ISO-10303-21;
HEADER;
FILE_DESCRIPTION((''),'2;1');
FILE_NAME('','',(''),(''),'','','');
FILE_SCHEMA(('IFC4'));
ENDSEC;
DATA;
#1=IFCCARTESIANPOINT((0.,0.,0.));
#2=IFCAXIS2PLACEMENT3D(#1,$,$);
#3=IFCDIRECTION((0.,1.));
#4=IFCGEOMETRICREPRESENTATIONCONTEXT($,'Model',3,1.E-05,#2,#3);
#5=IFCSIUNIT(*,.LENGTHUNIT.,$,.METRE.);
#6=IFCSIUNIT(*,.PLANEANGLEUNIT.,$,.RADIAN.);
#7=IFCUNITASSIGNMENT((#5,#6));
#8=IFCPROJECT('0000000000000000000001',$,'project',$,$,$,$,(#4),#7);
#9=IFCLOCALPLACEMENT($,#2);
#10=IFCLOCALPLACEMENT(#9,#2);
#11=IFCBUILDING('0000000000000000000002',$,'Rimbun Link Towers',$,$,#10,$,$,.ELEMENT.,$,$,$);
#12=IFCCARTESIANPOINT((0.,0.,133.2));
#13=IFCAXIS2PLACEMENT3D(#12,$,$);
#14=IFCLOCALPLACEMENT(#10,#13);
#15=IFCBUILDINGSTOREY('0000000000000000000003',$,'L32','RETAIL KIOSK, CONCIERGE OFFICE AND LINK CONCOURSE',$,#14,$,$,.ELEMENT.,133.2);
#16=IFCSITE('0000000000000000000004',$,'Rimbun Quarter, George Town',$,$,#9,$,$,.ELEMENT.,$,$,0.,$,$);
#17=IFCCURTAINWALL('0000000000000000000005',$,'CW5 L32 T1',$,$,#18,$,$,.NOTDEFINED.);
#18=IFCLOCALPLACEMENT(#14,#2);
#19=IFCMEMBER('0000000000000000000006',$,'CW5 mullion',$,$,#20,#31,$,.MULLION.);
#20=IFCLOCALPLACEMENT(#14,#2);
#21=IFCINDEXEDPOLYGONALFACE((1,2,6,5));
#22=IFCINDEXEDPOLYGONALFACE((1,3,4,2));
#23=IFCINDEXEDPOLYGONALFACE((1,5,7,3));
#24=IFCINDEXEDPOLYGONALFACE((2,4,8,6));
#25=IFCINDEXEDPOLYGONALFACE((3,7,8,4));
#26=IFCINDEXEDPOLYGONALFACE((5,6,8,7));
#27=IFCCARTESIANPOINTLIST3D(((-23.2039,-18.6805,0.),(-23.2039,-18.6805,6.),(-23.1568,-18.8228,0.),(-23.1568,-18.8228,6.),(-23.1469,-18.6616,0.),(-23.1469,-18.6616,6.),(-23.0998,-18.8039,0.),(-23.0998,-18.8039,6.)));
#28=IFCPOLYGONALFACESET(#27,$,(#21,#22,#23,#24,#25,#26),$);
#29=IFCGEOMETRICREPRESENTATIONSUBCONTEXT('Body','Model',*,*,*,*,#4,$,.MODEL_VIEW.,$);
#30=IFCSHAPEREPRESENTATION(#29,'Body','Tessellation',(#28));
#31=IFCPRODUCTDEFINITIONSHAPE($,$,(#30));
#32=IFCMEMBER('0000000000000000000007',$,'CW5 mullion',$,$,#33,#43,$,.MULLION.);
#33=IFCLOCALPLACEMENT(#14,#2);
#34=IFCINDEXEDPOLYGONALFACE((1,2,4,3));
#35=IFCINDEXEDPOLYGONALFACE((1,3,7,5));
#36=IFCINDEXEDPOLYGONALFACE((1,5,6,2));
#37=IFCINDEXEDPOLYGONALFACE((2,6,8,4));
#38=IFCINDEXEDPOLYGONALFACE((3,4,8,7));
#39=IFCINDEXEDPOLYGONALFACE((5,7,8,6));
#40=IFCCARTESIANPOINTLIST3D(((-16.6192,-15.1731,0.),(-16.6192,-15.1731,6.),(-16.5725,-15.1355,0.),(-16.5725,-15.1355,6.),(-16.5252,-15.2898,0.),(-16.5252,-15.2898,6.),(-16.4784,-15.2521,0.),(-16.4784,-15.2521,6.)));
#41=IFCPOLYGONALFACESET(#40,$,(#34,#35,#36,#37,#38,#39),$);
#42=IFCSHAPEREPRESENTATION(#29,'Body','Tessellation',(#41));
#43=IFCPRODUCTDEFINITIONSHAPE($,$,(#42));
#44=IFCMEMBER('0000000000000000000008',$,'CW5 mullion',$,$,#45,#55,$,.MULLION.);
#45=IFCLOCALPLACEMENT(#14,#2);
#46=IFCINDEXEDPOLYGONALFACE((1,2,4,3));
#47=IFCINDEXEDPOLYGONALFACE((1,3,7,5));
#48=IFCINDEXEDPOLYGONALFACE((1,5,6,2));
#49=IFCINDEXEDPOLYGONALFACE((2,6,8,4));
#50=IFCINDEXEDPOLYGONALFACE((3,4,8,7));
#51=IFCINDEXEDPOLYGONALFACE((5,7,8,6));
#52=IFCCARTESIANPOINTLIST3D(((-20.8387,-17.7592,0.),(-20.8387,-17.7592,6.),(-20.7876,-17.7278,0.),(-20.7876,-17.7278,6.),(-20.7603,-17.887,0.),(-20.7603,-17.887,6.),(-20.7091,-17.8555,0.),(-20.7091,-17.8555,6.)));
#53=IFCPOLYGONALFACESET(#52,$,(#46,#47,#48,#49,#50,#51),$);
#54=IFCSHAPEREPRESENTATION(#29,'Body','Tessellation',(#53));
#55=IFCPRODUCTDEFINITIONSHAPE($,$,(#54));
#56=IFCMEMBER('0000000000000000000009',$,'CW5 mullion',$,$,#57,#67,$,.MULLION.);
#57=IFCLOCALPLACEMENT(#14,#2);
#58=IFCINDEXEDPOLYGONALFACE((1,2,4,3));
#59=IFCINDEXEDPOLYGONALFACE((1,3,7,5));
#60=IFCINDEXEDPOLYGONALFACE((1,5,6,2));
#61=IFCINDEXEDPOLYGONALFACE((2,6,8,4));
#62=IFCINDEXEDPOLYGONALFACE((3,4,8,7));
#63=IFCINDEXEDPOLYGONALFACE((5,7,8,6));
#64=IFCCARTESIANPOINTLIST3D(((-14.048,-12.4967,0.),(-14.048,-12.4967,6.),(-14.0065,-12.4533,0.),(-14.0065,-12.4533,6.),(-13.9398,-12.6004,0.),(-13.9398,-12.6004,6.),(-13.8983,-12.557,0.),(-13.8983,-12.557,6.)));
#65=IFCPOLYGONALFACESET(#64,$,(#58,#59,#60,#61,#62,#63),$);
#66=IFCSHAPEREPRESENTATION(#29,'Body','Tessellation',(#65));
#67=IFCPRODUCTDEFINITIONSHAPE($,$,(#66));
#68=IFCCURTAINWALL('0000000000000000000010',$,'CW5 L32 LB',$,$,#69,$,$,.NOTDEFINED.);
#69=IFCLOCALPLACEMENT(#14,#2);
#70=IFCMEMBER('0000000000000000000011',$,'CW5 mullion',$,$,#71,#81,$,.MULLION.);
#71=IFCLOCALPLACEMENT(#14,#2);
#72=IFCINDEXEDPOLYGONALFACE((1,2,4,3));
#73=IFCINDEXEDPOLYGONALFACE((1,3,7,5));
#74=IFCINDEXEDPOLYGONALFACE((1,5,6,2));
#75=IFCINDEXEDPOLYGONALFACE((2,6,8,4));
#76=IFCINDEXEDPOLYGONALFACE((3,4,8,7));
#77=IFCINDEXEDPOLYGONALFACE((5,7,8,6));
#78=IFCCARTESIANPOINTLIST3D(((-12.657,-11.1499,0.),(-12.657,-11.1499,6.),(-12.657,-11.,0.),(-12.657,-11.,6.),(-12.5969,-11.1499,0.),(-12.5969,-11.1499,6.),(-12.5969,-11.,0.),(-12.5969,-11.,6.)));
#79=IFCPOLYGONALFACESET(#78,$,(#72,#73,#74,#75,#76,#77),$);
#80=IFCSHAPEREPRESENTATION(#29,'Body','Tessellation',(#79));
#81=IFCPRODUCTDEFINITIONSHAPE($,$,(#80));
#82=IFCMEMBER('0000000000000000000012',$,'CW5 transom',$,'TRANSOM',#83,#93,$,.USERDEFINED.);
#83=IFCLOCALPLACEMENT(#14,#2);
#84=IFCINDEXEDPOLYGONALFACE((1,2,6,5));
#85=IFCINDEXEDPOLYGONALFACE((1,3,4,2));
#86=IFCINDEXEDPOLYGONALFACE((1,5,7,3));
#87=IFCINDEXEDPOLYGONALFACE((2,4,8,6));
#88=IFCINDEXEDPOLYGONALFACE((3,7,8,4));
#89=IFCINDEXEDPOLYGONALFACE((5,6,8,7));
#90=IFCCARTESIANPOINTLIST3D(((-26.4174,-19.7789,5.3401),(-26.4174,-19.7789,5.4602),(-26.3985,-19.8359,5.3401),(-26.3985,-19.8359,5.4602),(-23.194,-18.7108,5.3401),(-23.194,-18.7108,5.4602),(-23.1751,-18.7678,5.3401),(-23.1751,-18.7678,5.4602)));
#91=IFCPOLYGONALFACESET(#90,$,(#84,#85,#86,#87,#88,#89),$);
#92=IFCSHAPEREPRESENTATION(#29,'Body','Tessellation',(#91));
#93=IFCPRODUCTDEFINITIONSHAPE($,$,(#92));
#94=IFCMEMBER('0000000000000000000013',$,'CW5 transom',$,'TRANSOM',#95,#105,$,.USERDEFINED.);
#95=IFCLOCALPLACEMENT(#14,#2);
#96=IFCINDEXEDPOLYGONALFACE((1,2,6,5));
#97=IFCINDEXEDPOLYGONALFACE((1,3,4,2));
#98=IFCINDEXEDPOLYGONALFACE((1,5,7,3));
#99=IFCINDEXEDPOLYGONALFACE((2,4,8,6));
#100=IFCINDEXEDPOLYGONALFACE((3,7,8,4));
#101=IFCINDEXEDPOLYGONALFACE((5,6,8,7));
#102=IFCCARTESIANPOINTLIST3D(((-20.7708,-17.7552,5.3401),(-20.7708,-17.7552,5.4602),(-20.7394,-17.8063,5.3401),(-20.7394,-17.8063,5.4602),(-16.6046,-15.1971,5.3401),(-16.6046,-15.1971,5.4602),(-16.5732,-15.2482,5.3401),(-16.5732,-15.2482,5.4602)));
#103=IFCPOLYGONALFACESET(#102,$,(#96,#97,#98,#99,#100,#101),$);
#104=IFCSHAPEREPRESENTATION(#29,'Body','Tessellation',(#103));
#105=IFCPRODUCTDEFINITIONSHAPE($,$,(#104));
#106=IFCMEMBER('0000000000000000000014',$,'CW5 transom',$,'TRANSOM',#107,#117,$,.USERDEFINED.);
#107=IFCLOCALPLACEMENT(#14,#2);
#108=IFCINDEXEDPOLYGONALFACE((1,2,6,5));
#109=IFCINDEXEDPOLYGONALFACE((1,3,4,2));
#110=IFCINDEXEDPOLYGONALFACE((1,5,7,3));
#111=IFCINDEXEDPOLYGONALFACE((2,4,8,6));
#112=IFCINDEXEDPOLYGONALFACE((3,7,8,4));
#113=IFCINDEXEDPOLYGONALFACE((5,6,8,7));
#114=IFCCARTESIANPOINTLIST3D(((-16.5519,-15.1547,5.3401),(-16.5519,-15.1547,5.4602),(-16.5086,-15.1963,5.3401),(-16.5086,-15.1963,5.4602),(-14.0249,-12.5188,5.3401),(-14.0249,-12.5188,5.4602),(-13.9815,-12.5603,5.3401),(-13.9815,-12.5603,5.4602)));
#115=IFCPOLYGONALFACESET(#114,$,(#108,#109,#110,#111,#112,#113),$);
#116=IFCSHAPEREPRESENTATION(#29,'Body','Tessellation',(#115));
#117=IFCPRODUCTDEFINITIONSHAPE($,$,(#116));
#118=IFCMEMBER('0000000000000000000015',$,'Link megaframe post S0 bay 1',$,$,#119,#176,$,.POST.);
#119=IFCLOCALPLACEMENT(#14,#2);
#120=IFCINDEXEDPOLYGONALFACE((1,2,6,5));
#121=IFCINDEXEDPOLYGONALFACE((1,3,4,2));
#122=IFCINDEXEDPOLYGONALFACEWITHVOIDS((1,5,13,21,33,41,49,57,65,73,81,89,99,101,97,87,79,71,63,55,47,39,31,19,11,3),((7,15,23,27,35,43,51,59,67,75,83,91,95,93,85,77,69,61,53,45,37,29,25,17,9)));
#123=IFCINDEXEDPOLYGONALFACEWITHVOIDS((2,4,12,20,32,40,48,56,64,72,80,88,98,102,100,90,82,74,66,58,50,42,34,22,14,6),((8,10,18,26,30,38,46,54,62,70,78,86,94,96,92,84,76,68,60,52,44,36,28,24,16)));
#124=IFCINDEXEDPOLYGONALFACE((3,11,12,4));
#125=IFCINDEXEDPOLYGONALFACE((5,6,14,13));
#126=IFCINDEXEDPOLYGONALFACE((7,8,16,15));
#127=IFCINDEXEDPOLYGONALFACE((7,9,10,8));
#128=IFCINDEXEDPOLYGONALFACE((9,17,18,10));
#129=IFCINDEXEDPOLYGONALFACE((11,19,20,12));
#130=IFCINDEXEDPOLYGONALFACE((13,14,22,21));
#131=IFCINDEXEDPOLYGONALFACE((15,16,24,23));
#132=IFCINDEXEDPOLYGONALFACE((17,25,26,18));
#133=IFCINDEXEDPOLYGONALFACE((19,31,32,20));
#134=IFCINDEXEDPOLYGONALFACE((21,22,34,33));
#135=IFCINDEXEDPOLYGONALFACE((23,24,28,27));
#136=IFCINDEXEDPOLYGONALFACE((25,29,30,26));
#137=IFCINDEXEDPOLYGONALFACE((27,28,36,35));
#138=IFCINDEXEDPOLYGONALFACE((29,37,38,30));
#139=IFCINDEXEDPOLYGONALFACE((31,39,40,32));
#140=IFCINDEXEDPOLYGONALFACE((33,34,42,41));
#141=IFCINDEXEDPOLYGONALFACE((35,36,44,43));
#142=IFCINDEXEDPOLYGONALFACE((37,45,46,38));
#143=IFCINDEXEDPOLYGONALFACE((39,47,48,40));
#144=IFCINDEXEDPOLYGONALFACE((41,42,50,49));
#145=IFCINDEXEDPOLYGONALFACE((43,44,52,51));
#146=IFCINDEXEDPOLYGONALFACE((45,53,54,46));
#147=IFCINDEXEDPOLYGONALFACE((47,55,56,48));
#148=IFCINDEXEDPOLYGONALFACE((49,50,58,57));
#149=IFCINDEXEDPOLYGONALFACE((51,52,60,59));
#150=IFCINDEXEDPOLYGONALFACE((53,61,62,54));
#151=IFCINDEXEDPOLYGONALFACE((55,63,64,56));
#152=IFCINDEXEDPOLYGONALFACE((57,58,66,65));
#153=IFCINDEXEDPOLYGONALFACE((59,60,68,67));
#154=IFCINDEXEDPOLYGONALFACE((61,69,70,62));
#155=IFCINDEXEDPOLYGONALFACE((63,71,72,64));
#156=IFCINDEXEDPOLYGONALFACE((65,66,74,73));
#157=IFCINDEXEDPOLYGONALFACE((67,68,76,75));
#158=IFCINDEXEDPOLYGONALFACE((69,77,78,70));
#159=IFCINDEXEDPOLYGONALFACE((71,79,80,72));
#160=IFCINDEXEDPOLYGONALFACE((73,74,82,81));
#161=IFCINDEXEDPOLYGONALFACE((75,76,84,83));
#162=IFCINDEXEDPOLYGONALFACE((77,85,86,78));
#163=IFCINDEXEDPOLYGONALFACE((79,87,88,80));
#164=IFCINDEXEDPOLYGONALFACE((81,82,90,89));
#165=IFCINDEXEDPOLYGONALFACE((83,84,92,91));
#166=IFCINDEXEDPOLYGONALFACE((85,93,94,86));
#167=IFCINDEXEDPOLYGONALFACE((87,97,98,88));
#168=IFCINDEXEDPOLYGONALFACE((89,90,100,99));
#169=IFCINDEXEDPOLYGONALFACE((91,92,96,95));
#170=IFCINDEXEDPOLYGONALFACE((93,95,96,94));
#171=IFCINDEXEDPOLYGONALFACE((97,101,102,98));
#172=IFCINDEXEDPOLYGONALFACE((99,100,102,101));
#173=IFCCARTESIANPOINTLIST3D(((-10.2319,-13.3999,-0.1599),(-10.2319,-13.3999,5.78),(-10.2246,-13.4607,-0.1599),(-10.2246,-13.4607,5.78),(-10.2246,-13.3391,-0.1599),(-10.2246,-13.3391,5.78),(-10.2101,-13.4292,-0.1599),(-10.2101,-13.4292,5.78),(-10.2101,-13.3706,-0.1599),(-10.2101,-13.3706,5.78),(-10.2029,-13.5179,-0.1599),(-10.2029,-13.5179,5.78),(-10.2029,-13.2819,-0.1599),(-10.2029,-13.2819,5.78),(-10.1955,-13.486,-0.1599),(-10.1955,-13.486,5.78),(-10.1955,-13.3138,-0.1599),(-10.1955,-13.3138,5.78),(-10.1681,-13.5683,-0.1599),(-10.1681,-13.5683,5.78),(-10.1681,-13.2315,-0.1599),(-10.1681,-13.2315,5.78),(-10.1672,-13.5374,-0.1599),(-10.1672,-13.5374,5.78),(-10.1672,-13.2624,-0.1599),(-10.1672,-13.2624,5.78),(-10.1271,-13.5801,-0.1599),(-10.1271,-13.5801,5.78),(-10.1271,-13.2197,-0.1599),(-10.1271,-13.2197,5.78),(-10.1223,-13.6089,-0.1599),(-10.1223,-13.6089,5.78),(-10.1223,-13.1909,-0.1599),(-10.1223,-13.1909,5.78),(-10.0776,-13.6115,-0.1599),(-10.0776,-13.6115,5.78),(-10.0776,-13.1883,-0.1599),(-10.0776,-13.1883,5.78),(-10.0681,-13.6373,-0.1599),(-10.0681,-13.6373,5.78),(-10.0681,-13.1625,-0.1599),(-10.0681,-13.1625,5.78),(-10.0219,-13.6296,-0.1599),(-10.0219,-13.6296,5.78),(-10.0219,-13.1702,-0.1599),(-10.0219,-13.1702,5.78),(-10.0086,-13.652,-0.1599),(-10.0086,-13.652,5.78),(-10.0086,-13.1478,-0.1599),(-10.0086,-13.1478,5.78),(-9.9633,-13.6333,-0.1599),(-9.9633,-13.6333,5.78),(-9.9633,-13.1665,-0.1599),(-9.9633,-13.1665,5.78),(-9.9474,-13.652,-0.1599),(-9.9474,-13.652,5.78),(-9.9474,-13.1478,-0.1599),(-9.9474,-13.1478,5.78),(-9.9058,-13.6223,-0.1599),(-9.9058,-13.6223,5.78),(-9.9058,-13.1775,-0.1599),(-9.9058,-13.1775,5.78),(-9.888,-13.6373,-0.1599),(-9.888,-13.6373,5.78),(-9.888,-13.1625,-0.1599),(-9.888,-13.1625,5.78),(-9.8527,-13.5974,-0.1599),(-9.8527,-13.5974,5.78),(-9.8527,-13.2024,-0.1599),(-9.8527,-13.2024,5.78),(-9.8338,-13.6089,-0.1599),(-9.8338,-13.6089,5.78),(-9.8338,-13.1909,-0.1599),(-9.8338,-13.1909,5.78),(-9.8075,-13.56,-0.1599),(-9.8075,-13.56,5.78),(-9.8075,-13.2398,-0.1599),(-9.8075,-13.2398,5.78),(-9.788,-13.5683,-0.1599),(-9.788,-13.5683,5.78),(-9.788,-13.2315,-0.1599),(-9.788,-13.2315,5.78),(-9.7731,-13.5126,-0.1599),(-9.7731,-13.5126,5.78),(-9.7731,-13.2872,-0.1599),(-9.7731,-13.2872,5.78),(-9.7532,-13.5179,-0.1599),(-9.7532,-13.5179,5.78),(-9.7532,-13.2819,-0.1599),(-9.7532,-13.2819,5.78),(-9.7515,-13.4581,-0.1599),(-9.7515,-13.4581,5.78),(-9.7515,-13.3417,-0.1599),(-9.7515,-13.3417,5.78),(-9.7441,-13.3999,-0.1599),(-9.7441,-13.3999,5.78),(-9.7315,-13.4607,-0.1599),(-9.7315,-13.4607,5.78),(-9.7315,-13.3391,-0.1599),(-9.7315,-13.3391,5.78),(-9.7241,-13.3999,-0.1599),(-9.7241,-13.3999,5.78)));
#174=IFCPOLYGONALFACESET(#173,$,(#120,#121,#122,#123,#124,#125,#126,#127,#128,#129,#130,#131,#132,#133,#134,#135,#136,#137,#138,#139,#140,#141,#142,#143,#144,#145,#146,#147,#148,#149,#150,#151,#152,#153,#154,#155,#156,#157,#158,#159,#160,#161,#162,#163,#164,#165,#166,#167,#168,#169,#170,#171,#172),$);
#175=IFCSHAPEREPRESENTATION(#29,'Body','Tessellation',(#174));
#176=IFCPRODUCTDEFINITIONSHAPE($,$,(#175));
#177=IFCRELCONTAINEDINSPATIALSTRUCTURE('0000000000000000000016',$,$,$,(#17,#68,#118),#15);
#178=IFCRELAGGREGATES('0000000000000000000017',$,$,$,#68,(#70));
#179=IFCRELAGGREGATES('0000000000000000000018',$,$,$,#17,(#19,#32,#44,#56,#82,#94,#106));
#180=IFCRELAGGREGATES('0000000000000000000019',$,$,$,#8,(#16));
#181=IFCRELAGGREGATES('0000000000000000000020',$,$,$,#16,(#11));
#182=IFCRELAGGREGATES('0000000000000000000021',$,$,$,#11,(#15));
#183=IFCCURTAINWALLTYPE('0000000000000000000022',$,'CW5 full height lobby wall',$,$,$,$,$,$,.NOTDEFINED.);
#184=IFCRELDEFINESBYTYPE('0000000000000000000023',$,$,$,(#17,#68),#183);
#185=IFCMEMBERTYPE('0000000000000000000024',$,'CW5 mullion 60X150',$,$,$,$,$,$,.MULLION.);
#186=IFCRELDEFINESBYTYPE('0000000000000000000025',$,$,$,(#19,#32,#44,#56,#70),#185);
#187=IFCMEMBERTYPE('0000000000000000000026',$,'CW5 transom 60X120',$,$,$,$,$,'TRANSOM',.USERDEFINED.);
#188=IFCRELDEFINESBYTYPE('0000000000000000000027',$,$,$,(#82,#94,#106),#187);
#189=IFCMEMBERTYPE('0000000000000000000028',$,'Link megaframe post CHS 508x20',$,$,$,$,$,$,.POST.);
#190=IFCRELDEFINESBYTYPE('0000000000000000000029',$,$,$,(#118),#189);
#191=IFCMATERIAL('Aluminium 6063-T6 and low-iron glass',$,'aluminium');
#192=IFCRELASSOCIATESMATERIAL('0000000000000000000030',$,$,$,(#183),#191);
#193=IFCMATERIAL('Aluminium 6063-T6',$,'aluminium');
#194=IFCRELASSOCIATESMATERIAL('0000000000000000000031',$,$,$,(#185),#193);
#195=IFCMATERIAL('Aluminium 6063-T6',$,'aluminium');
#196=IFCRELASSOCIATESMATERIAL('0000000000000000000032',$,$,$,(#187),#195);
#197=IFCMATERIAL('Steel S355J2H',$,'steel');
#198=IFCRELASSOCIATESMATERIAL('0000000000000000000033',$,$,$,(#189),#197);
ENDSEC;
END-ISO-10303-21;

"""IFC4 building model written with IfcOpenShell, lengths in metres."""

from ifc_helpers import new_model, si_unit, direction, frame, origin, origin_2d, place, context, subcontext, project, spatial, rectangle, hollow_circle, extrude, material, material_profile, profile_set, type_object, element, aggregate, save


model = new_model("IFC4")

# Units and contexts
model_context = context("Model", 3, precision=1e-05, world=origin(), true_north=direction((0.0, 1.0)))
body_context = subcontext(model_context, "Body", "Model", "MODEL_VIEW")
ifc_project = project(units=[si_unit("LENGTHUNIT", "METRE"), si_unit("PLANEANGLEUNIT", "RADIAN")], contexts=[model_context])

# Site, building, storey
site_placement = place(None, origin())
site = spatial("IfcSite", under=ifc_project, at=site_placement, Name="Rimbun Quarter, George Town", CompositionType="ELEMENT", RefElevation=0.0)
building_placement = place(site_placement, origin())
building = spatial("IfcBuilding", under=site, at=building_placement, Name="Rimbun Link Towers", CompositionType="ELEMENT")
storey_placement = place(building_placement, frame((0.0, 0.0, 133.2)))
storey = spatial("IfcBuildingStorey", under=building, at=storey_placement, Name="L32", Description="RETAIL KIOSK, CONCIERGE OFFICE AND LINK CONCOURSE", CompositionType="ELEMENT", Elevation=133.2)

# Curtain wall, members
ifc_material_1 = material(Name="Aluminium 6063-T6 and low-iron glass", Category="aluminium")
curtain_wall_type = type_object("IfcCurtainWallType", Name="CW5 full height lobby wall", PredefinedType="NOTDEFINED", material=ifc_material_1)
curtain_wall_1_placement = place(storey_placement, origin())
curtain_wall_1 = element("IfcCurtainWall", 1, at=curtain_wall_1_placement, inside=storey, type_object=curtain_wall_type, Name="CW5 L32 T1", PredefinedType="NOTDEFINED")
ifc_material_2 = material(Name="Aluminium 6063-T6", Category="aluminium")
ifc_material_profile_1 = material_profile(ifc_material_2, rectangle(XDim=0.1499, YDim=0.0601, at=origin_2d()), Name="MULLION 60X150")
ifc_profile_set_1 = profile_set([ifc_material_profile_1], Name="Aluminium 6063-T6")
member_type_1 = type_object("IfcMemberType", Name="CW5 mullion 60X150", PredefinedType="MULLION", material=ifc_profile_set_1)
member_1_placement = place(storey_placement, frame((-23.1519, -18.7422, 0.0), z_axis=(0.0, 0.0, 1.0), x_axis=(0.314568, -0.949235, 0.0)))
member_1 = element("IfcMember", 2, at=member_1_placement, type_object=member_type_1, Name="CW5 mullion", PredefinedType="MULLION", context=body_context, shape_type="SweptSolid", body=[
    extrude(rectangle(XDim=0.1499, YDim=0.0601, at=origin_2d()), origin(), (0.0, 0.0, 1.0), 6.0),
])
member_2_placement = place(storey_placement, frame((-16.5488, -15.2126, 0.0), z_axis=(0.0, 0.0, 1.0), x_axis=(0.627671, -0.778479, 0.0)))
member_2 = element("IfcMember", 3, at=member_2_placement, type_object=member_type_1, Name="CW5 mullion", PredefinedType="MULLION", context=body_context, shape_type="SweptSolid", body=[
    extrude(rectangle(XDim=0.1499, YDim=0.0601, at=origin_2d()), origin(), (0.0, 0.0, 1.0), 6.0),
])
member_3_placement = place(storey_placement, frame((-20.7739, -17.8074, 0.0), z_axis=(0.0, 0.0, 1.0), x_axis=(0.523225, -0.852194, 0.0)))
member_3 = element("IfcMember", 4, at=member_3_placement, type_object=member_type_1, Name="CW5 mullion", PredefinedType="MULLION", context=body_context, shape_type="SweptSolid", body=[
    extrude(rectangle(XDim=0.1499, YDim=0.0601, at=origin_2d()), origin(), (0.0, 0.0, 1.0), 6.0),
])
member_4_placement = place(storey_placement, frame((-13.9731, -12.5269, 0.0), z_axis=(0.0, 0.0, 1.0), x_axis=(0.721858, -0.692041, 0.0)))
member_4 = element("IfcMember", 5, at=member_4_placement, type_object=member_type_1, Name="CW5 mullion", PredefinedType="MULLION", context=body_context, shape_type="SweptSolid", body=[
    extrude(rectangle(XDim=0.1499, YDim=0.0601, at=origin_2d()), origin(), (0.0, 0.0, 1.0), 6.0),
])

# Curtain wall, member
curtain_wall_2_placement = place(storey_placement, origin())
curtain_wall_2 = element("IfcCurtainWall", 6, at=curtain_wall_2_placement, inside=storey, type_object=curtain_wall_type, Name="CW5 L32 LB", PredefinedType="NOTDEFINED")
member_5_placement = place(storey_placement, frame((-12.627, -11.075, 0.0), z_axis=(0.0, 0.0, 1.0), x_axis=(0.0, -1.0, 0.0)))
member_5 = element("IfcMember", 7, at=member_5_placement, type_object=member_type_1, Name="CW5 mullion", PredefinedType="MULLION", context=body_context, shape_type="SweptSolid", body=[
    extrude(rectangle(XDim=0.1499, YDim=0.0601, at=origin_2d()), origin(), (0.0, 0.0, 1.0), 6.0),
])
aggregate(curtain_wall_2, [member_5])

# Members
ifc_material_3 = material(Name="Aluminium 6063-T6", Category="aluminium")
ifc_material_profile_2 = material_profile(ifc_material_3, rectangle(XDim=0.0601, YDim=0.1201, at=origin_2d()), Name="TRANSOM 60X120")
ifc_profile_set_2 = profile_set([ifc_material_profile_2], Name="Aluminium 6063-T6")
member_type_2 = type_object("IfcMemberType", Name="CW5 transom 60X120", ElementType="TRANSOM", PredefinedType="USERDEFINED", material=ifc_profile_set_2)
member_6_placement = place(storey_placement, frame((-23.1846, -18.7393, 5.4001), z_axis=(-0.949243, -0.314545, 0.0), x_axis=(0.314545, -0.949243, 0.0)))
member_6 = element("IfcMember", 8, at=member_6_placement, type_object=member_type_2, Name="CW5 transom", ObjectType="TRANSOM", PredefinedType="USERDEFINED", context=body_context, shape_type="SweptSolid", body=[
    extrude(rectangle(XDim=0.0601, YDim=0.1201, at=origin_2d()), origin(), (0.0, 0.0, 1.0), 3.3958),
])
member_7_placement = place(storey_placement, frame((-16.5889, -15.2227, 5.4001), z_axis=(-0.852183, -0.523245, 0.0), x_axis=(0.523245, -0.852183, 0.0)))
member_7 = element("IfcMember", 9, at=member_7_placement, type_object=member_type_2, Name="CW5 transom", ObjectType="TRANSOM", PredefinedType="USERDEFINED", context=body_context, shape_type="SweptSolid", body=[
    extrude(rectangle(XDim=0.0601, YDim=0.1201, at=origin_2d()), origin(), (0.0, 0.0, 1.0), 4.8889),
])
member_8_placement = place(storey_placement, frame((-14.0032, -12.5396, 5.4001), z_axis=(-0.69204, -0.721859, 0.0), x_axis=(0.721859, -0.69204, 0.0)))
member_8 = element("IfcMember", 10, at=member_8_placement, type_object=member_type_2, Name="CW5 transom", ObjectType="TRANSOM", PredefinedType="USERDEFINED", context=body_context, shape_type="SweptSolid", body=[
    extrude(rectangle(XDim=0.0601, YDim=0.1201, at=origin_2d()), origin(), (0.0, 0.0, 1.0), 3.6516),
])

# Member
ifc_material_4 = material(Name="Steel S355J2H", Category="steel")
ifc_material_profile_3 = material_profile(ifc_material_4, hollow_circle(Radius=0.2539, WallThickness=0.02, at=origin_2d()), Name="CHS 508x20")
ifc_profile_set_3 = profile_set([ifc_material_profile_3], Name="Steel S355J2H")
member_type_3 = type_object("IfcMemberType", Name="Link megaframe post CHS 508x20", PredefinedType="POST", material=ifc_profile_set_3)
member_9_placement = place(storey_placement, frame((-9.978, -13.3999, -0.1599), z_axis=(0.0, 0.0, 1.0), x_axis=(1.0, 0.0, 0.0)))
element("IfcMember", 11, at=member_9_placement, inside=storey, type_object=member_type_3, Name="Link megaframe post S0 bay 1", PredefinedType="POST", context=body_context, shape_type="SweptSolid", body=[
    extrude(hollow_circle(Radius=0.2539, WallThickness=0.02, at=origin_2d()), origin(), (0.0, 0.0, 1.0), 5.9399),
])

aggregate(curtain_wall_1, [member_1, member_2, member_3, member_4, member_6, member_7, member_8])

save(model, "model.ifc")
